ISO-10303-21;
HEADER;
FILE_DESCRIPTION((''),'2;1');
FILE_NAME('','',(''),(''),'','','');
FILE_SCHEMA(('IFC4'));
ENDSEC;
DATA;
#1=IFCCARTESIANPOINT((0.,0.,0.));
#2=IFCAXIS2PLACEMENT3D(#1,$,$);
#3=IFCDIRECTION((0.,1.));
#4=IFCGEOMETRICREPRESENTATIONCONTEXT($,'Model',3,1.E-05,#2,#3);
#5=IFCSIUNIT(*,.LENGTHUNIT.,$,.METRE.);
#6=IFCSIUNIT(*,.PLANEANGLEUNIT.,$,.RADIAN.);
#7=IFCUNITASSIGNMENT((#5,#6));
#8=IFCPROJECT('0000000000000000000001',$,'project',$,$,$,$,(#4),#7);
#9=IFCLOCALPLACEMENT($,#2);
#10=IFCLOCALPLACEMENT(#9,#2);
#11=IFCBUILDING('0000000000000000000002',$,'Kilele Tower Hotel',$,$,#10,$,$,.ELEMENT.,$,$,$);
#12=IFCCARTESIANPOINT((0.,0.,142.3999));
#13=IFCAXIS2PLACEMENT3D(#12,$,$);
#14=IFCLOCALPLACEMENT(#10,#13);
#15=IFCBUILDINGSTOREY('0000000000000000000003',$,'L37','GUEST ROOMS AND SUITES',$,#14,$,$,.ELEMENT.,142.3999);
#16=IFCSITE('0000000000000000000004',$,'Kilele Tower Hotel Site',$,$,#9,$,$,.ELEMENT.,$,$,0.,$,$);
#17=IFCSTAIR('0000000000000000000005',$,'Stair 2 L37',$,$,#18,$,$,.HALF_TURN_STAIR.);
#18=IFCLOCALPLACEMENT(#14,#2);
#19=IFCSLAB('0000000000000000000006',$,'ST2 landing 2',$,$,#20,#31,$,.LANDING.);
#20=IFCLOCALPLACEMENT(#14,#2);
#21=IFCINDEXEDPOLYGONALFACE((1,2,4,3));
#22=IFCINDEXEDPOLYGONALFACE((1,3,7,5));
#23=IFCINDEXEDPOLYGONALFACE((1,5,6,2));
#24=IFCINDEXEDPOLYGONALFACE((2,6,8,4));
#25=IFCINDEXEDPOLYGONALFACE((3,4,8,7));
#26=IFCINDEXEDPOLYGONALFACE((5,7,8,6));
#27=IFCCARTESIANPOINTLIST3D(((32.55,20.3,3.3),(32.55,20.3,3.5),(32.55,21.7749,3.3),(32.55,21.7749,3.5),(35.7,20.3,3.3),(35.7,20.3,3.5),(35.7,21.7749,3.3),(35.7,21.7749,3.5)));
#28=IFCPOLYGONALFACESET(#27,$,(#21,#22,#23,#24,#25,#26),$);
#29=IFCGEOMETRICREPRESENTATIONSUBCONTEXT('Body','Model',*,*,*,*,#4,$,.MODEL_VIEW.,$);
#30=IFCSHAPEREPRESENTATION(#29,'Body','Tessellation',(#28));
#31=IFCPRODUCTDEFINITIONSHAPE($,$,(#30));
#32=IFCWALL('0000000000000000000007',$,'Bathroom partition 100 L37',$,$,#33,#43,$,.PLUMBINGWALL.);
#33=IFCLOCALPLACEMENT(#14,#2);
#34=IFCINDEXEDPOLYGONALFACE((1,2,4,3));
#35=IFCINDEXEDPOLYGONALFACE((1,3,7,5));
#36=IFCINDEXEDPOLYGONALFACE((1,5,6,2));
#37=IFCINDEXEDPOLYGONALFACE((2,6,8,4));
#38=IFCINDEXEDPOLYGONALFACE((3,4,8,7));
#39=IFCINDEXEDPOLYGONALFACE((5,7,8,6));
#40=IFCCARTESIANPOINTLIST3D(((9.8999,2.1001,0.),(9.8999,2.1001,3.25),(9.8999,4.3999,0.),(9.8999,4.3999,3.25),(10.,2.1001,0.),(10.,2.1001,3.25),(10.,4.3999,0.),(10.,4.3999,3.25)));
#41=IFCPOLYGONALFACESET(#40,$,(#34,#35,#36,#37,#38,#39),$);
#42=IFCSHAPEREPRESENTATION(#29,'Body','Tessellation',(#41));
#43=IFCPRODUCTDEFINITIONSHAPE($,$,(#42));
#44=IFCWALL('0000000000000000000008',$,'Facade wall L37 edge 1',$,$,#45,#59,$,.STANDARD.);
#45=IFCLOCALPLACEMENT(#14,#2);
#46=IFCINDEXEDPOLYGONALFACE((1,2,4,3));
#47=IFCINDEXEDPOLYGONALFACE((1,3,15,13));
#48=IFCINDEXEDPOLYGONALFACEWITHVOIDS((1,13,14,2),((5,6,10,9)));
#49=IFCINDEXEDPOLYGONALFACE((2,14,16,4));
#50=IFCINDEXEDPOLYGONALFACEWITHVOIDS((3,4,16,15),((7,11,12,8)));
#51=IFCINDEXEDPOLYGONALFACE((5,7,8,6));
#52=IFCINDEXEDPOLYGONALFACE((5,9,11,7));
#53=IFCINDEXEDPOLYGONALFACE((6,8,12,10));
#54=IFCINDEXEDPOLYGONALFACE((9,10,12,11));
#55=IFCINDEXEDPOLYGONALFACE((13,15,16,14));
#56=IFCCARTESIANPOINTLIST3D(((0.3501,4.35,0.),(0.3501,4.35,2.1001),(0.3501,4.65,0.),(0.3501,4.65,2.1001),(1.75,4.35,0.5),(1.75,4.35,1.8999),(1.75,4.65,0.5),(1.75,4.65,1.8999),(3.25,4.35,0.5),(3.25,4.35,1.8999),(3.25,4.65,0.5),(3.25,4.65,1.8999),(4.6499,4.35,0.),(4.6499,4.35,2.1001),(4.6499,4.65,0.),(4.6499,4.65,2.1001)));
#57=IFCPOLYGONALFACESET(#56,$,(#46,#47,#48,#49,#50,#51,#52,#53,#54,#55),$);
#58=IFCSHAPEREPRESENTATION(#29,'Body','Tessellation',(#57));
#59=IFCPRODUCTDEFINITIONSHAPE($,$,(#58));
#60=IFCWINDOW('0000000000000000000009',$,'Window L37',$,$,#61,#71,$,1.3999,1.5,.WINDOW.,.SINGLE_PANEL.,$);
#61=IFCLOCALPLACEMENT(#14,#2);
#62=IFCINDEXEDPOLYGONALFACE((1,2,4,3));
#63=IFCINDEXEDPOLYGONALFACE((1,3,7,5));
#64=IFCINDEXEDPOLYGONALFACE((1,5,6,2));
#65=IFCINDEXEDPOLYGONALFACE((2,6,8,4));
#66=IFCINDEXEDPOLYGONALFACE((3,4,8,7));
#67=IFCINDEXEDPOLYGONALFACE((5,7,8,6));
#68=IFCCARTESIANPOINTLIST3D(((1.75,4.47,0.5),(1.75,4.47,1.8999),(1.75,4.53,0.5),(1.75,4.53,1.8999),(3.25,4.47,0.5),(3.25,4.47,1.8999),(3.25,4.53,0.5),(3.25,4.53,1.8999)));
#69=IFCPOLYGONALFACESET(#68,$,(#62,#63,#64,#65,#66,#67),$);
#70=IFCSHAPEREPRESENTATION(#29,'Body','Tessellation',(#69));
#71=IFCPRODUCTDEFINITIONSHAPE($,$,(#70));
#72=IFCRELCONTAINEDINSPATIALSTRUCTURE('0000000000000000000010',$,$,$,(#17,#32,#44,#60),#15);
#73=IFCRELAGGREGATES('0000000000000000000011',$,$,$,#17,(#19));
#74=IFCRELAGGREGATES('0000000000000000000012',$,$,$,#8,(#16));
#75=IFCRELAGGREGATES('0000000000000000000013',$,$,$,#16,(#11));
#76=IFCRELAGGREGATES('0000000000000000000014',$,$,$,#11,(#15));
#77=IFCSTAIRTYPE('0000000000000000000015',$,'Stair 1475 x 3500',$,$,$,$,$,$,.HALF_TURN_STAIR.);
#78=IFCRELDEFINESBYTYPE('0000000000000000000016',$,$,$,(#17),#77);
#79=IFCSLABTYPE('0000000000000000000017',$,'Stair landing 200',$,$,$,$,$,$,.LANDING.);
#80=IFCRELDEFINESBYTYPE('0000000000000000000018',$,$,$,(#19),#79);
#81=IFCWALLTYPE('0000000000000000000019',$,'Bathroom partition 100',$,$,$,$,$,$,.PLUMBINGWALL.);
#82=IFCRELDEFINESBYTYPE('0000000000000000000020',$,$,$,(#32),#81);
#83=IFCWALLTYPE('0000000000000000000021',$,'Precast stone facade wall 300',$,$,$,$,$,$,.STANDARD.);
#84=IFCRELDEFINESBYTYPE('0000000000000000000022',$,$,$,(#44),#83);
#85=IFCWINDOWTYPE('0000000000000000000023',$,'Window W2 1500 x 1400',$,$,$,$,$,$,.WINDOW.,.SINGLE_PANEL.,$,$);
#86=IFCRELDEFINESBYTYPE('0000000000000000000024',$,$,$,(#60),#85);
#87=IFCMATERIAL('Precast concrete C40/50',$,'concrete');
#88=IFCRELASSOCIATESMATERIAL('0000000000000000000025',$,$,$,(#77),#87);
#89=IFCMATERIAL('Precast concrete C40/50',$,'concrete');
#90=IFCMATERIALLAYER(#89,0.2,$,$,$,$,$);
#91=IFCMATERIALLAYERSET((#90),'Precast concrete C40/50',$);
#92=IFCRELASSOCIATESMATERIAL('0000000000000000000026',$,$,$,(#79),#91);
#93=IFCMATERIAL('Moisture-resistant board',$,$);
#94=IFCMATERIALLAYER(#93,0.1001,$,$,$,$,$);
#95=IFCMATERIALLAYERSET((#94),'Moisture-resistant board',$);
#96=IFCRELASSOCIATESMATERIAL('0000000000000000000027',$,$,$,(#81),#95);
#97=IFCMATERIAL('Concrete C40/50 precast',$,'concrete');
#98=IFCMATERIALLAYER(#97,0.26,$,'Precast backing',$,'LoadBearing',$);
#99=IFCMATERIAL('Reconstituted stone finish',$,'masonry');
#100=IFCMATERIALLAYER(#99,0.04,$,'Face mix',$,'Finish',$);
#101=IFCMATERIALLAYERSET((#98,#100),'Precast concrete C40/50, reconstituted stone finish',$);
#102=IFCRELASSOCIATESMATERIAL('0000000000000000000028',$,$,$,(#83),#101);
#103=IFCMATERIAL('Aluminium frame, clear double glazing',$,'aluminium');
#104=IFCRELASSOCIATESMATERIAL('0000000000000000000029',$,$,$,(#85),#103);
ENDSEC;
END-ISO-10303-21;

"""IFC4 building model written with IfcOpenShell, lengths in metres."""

from ifc_helpers import new_model, si_unit, direction, frame, frame_2d, origin, place, context, subcontext, project, spatial, polyline, rectangle, outline, extrude, material, layer, layer_set, type_object, element, fill, aggregate, save


model = new_model("IFC4")

# Units and contexts
model_context = context("Model", 3, precision=1e-05, world=origin(), true_north=direction((0.0, 1.0)))
body_context = subcontext(model_context, "Body", "Model", "MODEL_VIEW")
ifc_project = project(units=[si_unit("LENGTHUNIT", "METRE"), si_unit("PLANEANGLEUNIT", "RADIAN")], contexts=[model_context])

# Site, building, storey
site_placement = place(None, origin())
site = spatial("IfcSite", under=ifc_project, at=site_placement, Name="Kilele Tower Hotel Site", CompositionType="ELEMENT", RefElevation=0.0)
building_placement = place(site_placement, origin())
building = spatial("IfcBuilding", under=site, at=building_placement, Name="Kilele Tower Hotel", CompositionType="ELEMENT")
storey_placement = place(building_placement, frame((0.0, 0.0, 142.3999)))
storey = spatial("IfcBuildingStorey", under=building, at=storey_placement, Name="L37", Description="GUEST ROOMS AND SUITES", CompositionType="ELEMENT", Elevation=142.3999)

# Stair, slab
ifc_material_1 = material(Name="Precast concrete C40/50", Category="concrete")
stair_type = type_object("IfcStairType", Name="Stair 1475 x 3500", PredefinedType="HALF_TURN_STAIR", material=ifc_material_1)
ifc_material_2 = material(Name="Precast concrete C40/50", Category="concrete")
ifc_layer_1 = layer(ifc_material_2, 0.2)
ifc_layer_set_1 = layer_set([ifc_layer_1], Name="Precast concrete C40/50")
slab_type_1 = type_object("IfcSlabType", Name="Stair landing 200", PredefinedType="LANDING", material=ifc_layer_set_1)
stair_1_placement = place(storey_placement, origin())
stair_1 = element("IfcStair", 1, at=stair_1_placement, inside=storey, type_object=stair_type, Name="Stair 2 L37", PredefinedType="HALF_TURN_STAIR")
slab_1_placement = place(storey_placement, frame((0.0, 0.0, 3.3)))
slab_1 = element("IfcSlab", 2, at=slab_1_placement, type_object=slab_type_1, Name="ST2 landing 2", PredefinedType="LANDING", context=body_context, shape_type="SweptSolid", body=[
    extrude(outline(polyline([(32.55, 20.3), (35.7, 20.3), (35.7, 21.7749), (32.55, 21.7749), (32.55, 20.3)])), origin(), (0.0, 0.0, 1.0), 0.2),
])
aggregate(stair_1, [slab_1])

# Wall
ifc_material_3 = material(Name="Moisture-resistant board")
ifc_layer_2 = layer(ifc_material_3, 0.1001)
ifc_layer_set_2 = layer_set([ifc_layer_2], Name="Moisture-resistant board")
wall_type_1 = type_object("IfcWallType", Name="Bathroom partition 100", PredefinedType="PLUMBINGWALL", material=ifc_layer_set_2)
wall_1_placement = place(storey_placement, frame((9.95, 4.3999, 0.0), z_axis=(0.0, 0.0, 1.0), x_axis=(0.0, -1.0, 0.0)))
element("IfcWall", 3, at=wall_1_placement, inside=storey, type_object=wall_type_1, Name="Bathroom partition 100 L37", PredefinedType="PLUMBINGWALL", context=body_context, shape_type="SweptSolid", body=[
    extrude(rectangle(XDim=2.2998, YDim=0.1001, at=frame_2d((1.1499, 0.0))), origin(), (0.0, 0.0, 1.0), 3.25),
])

# Wall, opening, window
ifc_material_4 = material(Name="Concrete C40/50 precast", Category="concrete")
ifc_layer_3 = layer(ifc_material_4, 0.26, Name="Precast backing", Category="LoadBearing")
ifc_material_5 = material(Name="Reconstituted stone finish", Category="masonry")
ifc_layer_4 = layer(ifc_material_5, 0.04, Name="Face mix", Category="Finish")
ifc_layer_set_3 = layer_set([ifc_layer_3, ifc_layer_4], Name="Precast concrete C40/50, reconstituted stone finish")
wall_type_2 = type_object("IfcWallType", Name="Precast stone facade wall 300", PredefinedType="STANDARD", material=ifc_layer_set_3)
wall_2_placement = place(storey_placement, frame((0.3501, 4.5, 0.0), z_axis=(0.0, 0.0, 1.0), x_axis=(1.0, 0.0, 0.0)))
wall_2 = element("IfcWall", 4, at=wall_2_placement, inside=storey, type_object=wall_type_2, Name="Facade wall L37 edge 1", PredefinedType="STANDARD", context=body_context, shape_type="SweptSolid", body=[
    extrude(rectangle(XDim=4.2998, YDim=0.3, at=frame_2d((2.1499, 0.0))), origin(), (0.0, 0.0, 1.0), 2.1001),
])
opening_1_placement = place(wall_2_placement, frame((1.3999, 0.0, 0.5)))
opening_1 = element("IfcOpeningElement", 5, at=opening_1_placement, cuts=wall_2, PredefinedType="OPENING", context=body_context, shape_type="SweptSolid", body=[
    extrude(rectangle(XDim=1.5, YDim=1.3999, at=frame_2d((0.75, 0.7))), frame((0.0, 0.1599, 0.0), z_axis=(0.0, -1.0, 0.0), x_axis=(1.0, 0.0, 0.0)), (0.0, 0.0, 1.0), 0.3201),
])
ifc_material_6 = material(Name="Aluminium frame, clear double glazing", Category="aluminium")
window_type = type_object("IfcWindowType", Name="Window W2 1500 x 1400", PartitioningType="SINGLE_PANEL", PredefinedType="WINDOW", material=ifc_material_6)
window_1_placement = place(opening_1_placement, origin())
window_1 = element("IfcWindow", 6, at=window_1_placement, inside=storey, type_object=window_type, Name="Window L37", OverallHeight=1.3999, OverallWidth=1.5, PartitioningType="SINGLE_PANEL", PredefinedType="WINDOW", context=body_context, shape_type="SweptSolid", body=[
    extrude(rectangle(XDim=1.5, YDim=1.3999, at=frame_2d((0.75, 0.7))), frame((0.0, 0.03, 0.0), z_axis=(0.0, -1.0, 0.0), x_axis=(1.0, 0.0, 0.0)), (0.0, 0.0, 1.0), 0.0601),
])
fill(opening_1, window_1)

save(model, "model.ifc")
